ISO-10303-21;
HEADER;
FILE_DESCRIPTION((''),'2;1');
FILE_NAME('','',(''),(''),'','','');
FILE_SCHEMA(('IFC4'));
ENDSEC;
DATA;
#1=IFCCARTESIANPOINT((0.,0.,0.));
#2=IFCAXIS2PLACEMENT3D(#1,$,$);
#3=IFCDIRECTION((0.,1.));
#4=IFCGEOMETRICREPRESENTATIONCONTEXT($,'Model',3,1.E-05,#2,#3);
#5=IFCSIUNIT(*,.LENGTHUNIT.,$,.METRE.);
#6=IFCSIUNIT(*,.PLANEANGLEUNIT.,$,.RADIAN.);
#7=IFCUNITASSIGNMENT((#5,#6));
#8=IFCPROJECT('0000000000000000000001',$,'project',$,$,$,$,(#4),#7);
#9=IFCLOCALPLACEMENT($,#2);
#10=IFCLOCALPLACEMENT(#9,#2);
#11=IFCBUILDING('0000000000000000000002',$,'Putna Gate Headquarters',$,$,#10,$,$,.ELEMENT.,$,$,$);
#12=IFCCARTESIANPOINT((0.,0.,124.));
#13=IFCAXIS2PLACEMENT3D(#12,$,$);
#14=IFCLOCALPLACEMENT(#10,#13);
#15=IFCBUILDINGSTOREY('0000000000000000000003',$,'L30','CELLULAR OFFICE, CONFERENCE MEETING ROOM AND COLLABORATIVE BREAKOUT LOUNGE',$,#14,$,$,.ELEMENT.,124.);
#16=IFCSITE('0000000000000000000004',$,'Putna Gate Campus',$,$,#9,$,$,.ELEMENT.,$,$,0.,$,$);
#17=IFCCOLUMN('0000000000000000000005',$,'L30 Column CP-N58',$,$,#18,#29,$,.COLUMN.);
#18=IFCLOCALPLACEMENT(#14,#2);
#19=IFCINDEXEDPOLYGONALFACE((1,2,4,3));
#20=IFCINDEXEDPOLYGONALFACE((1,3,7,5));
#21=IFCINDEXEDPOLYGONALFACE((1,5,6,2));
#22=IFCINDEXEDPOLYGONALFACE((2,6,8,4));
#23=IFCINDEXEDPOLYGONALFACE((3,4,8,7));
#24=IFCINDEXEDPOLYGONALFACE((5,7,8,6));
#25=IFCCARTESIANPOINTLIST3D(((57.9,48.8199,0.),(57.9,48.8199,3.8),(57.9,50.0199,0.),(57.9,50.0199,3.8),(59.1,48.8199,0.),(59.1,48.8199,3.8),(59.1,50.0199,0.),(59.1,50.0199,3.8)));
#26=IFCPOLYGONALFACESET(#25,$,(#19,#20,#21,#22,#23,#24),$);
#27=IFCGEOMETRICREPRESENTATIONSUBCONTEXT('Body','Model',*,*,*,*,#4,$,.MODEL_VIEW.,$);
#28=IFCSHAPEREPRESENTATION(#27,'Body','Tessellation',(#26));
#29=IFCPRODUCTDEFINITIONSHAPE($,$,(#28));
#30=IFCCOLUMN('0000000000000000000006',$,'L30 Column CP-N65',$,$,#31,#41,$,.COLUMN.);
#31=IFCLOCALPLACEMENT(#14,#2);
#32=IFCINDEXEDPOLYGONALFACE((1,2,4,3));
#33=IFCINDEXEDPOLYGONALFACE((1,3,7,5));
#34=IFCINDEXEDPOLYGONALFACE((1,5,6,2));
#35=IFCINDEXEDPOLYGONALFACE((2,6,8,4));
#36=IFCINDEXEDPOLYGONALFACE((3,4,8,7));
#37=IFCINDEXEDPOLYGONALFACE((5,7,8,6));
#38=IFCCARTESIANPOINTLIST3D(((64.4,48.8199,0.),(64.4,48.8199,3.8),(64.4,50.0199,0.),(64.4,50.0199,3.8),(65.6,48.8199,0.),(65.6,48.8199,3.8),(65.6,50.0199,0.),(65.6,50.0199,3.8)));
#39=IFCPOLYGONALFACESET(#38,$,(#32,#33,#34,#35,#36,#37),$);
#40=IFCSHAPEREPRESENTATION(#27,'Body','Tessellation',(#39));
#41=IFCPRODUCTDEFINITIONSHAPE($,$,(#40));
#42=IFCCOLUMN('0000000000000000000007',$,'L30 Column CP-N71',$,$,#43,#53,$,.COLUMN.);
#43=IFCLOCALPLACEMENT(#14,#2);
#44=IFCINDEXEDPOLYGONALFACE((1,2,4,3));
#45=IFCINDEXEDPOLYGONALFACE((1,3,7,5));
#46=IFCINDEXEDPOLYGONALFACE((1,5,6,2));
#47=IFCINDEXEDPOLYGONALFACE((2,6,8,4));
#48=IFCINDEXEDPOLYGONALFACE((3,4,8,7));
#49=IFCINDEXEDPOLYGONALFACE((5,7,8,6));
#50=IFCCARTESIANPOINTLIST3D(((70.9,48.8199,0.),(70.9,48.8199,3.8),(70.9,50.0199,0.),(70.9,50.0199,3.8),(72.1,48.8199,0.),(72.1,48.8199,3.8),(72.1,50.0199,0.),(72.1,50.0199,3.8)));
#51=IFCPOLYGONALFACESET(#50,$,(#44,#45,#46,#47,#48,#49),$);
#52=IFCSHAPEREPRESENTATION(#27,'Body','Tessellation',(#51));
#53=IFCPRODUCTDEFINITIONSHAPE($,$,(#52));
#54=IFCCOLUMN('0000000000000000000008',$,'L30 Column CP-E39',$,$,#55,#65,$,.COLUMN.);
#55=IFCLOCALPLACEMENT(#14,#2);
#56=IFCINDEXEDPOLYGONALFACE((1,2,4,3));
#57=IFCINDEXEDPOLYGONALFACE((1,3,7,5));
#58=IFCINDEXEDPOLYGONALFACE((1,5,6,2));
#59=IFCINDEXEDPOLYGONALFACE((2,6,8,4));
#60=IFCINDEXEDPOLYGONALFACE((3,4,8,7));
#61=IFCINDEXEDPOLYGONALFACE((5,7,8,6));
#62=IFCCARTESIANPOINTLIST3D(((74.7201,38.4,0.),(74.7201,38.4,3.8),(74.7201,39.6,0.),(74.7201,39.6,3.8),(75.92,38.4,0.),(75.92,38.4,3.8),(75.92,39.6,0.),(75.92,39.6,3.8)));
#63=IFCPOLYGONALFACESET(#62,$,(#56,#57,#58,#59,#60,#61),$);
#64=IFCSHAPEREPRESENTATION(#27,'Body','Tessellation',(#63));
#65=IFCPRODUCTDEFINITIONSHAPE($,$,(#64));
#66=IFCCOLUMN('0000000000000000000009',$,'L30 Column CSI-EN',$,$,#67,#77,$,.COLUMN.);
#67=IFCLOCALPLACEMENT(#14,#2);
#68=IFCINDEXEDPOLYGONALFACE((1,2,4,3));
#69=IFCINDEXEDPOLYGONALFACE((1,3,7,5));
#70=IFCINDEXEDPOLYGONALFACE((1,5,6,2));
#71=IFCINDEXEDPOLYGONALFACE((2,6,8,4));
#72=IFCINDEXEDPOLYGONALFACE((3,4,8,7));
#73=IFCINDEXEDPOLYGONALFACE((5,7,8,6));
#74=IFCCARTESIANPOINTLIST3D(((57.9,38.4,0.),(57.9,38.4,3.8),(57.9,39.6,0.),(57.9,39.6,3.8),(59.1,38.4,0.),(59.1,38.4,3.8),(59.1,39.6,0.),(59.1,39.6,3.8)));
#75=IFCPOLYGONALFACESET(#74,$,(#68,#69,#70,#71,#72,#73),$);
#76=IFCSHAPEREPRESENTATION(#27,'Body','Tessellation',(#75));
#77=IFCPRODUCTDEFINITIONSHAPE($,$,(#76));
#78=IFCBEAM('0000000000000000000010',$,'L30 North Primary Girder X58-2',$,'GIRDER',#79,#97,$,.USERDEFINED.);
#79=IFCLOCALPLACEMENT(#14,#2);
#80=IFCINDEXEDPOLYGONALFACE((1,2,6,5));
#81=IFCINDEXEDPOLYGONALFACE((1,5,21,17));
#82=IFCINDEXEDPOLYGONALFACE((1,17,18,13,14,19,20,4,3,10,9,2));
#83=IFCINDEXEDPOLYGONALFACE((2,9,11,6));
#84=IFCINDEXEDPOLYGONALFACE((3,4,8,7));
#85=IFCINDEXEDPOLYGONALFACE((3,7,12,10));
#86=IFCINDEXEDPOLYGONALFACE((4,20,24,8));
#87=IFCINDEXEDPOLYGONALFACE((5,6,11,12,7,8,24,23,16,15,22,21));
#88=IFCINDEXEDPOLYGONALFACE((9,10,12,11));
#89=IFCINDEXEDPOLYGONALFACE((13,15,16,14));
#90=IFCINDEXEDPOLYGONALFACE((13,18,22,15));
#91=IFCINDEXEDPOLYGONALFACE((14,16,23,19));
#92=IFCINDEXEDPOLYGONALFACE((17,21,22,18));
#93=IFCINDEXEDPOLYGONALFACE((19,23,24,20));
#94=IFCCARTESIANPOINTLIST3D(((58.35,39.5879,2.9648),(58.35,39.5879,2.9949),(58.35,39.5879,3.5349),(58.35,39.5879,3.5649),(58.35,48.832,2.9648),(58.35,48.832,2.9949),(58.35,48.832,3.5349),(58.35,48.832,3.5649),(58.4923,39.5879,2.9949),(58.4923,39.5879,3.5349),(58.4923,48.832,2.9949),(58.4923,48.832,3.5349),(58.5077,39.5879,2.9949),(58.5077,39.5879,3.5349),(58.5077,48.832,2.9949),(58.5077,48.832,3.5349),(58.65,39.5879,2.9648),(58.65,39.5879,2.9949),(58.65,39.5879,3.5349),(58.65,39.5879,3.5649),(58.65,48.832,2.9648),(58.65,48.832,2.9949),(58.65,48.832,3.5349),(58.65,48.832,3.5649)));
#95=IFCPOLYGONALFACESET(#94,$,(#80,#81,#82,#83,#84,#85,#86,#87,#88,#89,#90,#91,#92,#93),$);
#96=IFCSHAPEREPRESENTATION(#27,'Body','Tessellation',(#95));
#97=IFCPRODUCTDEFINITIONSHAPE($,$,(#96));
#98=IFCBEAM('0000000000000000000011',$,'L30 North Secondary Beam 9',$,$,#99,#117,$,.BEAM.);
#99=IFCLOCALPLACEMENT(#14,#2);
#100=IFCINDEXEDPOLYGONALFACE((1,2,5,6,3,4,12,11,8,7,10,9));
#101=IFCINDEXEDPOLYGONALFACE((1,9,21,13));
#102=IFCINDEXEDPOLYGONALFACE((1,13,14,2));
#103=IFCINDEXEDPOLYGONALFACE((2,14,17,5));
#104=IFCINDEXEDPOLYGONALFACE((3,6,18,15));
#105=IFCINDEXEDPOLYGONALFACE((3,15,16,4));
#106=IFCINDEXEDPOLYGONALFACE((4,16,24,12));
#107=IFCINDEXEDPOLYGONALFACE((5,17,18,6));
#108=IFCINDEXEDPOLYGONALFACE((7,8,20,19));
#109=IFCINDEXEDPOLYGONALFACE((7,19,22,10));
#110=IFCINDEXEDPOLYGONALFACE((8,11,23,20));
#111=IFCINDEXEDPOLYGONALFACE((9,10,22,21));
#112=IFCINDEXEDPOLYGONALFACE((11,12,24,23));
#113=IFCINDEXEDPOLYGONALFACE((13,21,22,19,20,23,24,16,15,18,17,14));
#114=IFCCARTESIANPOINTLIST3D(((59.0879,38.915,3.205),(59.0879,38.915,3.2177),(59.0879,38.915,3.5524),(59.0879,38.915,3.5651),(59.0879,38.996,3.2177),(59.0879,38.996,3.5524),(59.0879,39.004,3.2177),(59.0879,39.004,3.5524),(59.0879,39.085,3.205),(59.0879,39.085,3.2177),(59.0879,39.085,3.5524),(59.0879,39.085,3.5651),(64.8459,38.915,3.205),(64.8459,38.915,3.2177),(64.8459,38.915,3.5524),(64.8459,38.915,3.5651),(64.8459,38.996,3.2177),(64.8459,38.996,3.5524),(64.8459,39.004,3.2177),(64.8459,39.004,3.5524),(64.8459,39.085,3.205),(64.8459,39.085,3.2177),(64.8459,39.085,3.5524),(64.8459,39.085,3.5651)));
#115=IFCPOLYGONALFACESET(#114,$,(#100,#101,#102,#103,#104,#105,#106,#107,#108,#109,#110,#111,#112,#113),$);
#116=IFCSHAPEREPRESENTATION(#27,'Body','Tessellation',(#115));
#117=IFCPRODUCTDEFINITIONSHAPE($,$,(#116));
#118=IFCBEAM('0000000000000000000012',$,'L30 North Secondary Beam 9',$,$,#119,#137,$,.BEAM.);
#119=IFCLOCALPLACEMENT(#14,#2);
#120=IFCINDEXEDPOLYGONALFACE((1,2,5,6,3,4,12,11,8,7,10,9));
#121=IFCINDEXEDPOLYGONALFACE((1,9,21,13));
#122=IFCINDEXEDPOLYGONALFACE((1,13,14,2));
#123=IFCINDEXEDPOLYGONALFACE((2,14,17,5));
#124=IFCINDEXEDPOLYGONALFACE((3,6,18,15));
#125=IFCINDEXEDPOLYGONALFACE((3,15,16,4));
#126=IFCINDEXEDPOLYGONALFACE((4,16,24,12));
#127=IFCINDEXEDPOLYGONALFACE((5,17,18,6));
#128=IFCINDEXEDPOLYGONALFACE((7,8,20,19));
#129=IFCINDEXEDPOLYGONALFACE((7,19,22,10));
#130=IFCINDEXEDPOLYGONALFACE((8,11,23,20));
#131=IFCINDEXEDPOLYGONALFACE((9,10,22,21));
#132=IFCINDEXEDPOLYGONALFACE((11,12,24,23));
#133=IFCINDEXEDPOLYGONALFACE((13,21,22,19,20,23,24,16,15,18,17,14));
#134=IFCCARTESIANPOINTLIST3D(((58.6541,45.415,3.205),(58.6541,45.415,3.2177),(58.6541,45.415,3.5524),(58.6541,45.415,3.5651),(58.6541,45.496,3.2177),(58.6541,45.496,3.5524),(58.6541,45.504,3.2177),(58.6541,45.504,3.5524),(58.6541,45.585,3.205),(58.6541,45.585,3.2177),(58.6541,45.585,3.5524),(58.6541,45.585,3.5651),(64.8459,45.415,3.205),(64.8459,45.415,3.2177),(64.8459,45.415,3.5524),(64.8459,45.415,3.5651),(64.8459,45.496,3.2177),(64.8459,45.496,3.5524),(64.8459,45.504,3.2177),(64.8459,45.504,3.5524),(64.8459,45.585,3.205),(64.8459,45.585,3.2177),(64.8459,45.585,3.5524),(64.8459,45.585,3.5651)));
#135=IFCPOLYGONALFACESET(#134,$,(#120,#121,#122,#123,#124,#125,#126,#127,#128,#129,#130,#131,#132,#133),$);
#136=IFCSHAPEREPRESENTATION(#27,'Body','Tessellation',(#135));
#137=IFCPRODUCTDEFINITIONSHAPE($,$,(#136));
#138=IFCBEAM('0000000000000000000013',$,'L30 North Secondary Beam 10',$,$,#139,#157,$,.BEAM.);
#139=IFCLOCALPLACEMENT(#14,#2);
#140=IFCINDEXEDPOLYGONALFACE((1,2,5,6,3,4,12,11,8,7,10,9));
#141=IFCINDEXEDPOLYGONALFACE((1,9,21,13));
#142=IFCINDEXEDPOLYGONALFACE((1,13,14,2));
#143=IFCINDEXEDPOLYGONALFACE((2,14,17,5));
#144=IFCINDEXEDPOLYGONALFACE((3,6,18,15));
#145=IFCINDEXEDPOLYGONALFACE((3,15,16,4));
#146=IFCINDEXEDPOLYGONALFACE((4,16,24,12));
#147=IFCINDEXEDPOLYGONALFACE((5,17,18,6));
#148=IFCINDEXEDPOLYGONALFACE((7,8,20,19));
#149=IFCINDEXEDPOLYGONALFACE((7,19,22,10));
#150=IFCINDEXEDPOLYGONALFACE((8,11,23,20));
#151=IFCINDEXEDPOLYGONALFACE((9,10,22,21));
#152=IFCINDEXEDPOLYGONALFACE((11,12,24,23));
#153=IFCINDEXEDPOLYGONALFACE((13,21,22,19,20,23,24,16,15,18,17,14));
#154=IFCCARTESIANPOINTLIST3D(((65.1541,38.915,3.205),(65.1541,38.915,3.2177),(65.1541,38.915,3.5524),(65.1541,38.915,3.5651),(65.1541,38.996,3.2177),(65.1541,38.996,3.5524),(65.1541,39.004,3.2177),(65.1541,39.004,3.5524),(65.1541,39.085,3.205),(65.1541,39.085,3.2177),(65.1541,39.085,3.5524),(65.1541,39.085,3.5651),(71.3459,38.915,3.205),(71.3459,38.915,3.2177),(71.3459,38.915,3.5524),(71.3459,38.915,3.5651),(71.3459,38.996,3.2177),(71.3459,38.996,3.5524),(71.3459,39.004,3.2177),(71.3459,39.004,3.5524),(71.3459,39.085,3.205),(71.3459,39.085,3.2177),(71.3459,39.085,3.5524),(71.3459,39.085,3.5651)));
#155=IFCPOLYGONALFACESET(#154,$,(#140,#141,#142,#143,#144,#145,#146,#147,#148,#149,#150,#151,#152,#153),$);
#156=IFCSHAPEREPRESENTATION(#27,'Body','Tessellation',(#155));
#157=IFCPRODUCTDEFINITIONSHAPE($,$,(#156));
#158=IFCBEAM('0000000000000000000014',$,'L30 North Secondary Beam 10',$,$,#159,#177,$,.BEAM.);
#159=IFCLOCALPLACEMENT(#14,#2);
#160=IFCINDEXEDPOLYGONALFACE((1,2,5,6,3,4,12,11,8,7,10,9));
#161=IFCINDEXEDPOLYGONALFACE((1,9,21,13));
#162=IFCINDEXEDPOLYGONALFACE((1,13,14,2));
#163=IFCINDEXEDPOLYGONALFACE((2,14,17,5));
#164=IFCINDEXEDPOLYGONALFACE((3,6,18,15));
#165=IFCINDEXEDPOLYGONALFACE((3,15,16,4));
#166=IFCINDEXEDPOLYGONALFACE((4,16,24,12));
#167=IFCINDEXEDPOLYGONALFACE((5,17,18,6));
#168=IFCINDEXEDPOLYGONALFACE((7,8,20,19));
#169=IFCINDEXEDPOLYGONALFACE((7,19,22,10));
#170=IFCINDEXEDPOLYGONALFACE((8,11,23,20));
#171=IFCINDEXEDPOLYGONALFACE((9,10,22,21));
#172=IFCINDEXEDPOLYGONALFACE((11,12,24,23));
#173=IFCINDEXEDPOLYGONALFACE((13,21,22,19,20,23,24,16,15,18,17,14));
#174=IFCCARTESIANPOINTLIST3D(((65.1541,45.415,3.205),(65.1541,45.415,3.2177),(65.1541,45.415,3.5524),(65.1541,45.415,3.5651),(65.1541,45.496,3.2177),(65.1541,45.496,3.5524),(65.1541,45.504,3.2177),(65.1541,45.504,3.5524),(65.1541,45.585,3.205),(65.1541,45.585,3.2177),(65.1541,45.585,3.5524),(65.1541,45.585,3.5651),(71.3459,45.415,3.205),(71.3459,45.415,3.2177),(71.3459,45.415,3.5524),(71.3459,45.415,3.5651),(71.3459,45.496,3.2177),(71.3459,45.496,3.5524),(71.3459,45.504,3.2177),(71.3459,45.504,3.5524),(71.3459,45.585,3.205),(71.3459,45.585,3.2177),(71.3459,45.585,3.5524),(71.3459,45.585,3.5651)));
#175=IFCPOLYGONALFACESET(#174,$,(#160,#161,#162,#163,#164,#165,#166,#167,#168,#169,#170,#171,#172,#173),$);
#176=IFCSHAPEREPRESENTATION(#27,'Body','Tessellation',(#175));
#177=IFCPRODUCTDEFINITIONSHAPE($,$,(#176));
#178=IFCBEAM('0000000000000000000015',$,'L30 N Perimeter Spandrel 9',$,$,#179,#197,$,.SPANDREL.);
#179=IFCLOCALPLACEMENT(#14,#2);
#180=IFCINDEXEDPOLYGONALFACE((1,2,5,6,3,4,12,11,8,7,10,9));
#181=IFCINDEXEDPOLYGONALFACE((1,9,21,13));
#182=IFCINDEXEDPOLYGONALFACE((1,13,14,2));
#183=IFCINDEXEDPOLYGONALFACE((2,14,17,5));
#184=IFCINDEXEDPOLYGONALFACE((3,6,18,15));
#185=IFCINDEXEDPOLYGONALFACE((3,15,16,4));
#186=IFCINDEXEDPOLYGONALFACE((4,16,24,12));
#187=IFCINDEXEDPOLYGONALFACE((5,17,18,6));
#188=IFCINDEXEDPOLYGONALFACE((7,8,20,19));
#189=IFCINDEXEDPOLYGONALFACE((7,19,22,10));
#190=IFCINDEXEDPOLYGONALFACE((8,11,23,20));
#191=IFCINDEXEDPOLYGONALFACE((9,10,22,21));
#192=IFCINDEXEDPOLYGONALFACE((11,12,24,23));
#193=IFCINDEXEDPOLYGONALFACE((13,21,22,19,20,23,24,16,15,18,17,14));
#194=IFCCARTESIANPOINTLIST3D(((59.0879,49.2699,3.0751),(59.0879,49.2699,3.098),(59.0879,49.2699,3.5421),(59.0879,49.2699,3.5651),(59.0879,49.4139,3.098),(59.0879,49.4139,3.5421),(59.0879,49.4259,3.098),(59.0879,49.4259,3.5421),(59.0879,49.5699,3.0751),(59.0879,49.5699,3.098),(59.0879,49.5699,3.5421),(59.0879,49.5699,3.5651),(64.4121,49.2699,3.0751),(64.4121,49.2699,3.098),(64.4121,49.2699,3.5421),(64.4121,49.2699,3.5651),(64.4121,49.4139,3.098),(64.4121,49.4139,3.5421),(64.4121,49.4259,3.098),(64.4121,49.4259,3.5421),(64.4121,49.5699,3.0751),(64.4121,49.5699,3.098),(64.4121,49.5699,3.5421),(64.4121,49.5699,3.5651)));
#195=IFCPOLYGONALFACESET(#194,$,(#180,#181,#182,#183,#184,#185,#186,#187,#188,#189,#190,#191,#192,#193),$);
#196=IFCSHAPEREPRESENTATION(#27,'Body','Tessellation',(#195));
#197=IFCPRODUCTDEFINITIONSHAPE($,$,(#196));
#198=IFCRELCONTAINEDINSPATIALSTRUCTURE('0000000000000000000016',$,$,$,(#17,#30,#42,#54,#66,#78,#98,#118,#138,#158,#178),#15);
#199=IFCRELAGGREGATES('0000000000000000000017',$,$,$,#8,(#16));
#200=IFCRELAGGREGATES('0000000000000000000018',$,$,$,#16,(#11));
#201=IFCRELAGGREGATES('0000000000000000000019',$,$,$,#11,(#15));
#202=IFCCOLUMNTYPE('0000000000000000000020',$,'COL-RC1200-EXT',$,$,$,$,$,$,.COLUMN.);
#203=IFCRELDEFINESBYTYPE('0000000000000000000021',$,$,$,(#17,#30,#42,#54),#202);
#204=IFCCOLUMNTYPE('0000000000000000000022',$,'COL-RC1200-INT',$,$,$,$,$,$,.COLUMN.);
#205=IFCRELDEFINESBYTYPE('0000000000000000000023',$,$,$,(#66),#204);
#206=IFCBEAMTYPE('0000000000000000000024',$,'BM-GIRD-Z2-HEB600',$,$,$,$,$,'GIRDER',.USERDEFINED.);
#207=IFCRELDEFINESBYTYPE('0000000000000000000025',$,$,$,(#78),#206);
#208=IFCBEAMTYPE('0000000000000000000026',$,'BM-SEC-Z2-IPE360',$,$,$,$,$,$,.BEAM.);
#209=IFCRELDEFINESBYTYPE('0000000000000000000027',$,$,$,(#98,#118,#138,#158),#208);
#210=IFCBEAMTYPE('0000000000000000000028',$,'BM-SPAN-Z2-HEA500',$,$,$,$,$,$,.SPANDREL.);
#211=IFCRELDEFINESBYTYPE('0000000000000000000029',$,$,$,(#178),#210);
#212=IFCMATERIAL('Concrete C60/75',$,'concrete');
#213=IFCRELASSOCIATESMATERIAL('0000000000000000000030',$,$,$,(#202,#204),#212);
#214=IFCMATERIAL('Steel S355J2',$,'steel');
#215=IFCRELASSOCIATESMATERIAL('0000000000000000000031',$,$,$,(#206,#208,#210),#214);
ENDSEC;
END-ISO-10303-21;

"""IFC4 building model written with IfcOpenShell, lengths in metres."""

from ifc_helpers import new_model, si_unit, direction, frame, origin, origin_2d, place, context, subcontext, project, spatial, rectangle, i_section, extrude, material, material_profile, profile_set, type_object, element, save


model = new_model("IFC4")

# Units and contexts
model_context = context("Model", 3, precision=1e-05, world=origin(), true_north=direction((0.0, 1.0)))
body_context = subcontext(model_context, "Body", "Model", "MODEL_VIEW")
ifc_project = project(units=[si_unit("LENGTHUNIT", "METRE"), si_unit("PLANEANGLEUNIT", "RADIAN")], contexts=[model_context])

# Site, building, storey
site_placement = place(None, origin())
site = spatial("IfcSite", under=ifc_project, at=site_placement, Name="Putna Gate Campus", CompositionType="ELEMENT", RefElevation=0.0)
building_placement = place(site_placement, origin())
building = spatial("IfcBuilding", under=site, at=building_placement, Name="Putna Gate Headquarters", CompositionType="ELEMENT")
storey_placement = place(building_placement, frame((0.0, 0.0, 124.0)))
storey = spatial("IfcBuildingStorey", under=building, at=storey_placement, Name="L30", Description="CELLULAR OFFICE, CONFERENCE MEETING ROOM AND COLLABORATIVE BREAKOUT LOUNGE", CompositionType="ELEMENT", Elevation=124.0)

# Columns
ifc_material_1 = material(Name="Concrete C60/75", Category="concrete")
ifc_material_profile_1 = material_profile(ifc_material_1, rectangle(XDim=1.2, YDim=1.2, at=origin_2d()), Name="Concrete C60/75")
ifc_profile_set_1 = profile_set([ifc_material_profile_1], Name="Concrete C60/75")
column_type_1 = type_object("IfcColumnType", Name="COL-RC1200-EXT", PredefinedType="COLUMN", material=ifc_profile_set_1)
for number, where, z_axis, x_axis, name in (
    (1, (58.5, 49.4199, 0.0), (0.0, 0.0, 1.0), (1.0, 0.0, 0.0), "L30 Column CP-N58"),
    (2, (65.0, 49.4199, 0.0), (0.0, 0.0, 1.0), (1.0, 0.0, 0.0), "L30 Column CP-N65"),
    (3, (71.5, 49.4199, 0.0), (0.0, 0.0, 1.0), (1.0, 0.0, 0.0), "L30 Column CP-N71"),
    (4, (75.3201, 39.0, 0.0), (0.0, 0.0, 1.0), (1.0, 0.0, 0.0), "L30 Column CP-E39"),
):
    element("IfcColumn", number, at=place(storey_placement, frame(where, z_axis=z_axis, x_axis=x_axis)), inside=storey, type_object=column_type_1, Name=name, PredefinedType="COLUMN", context=body_context, shape_type="SweptSolid", body=[
        extrude(rectangle(XDim=1.2, YDim=1.2, at=origin_2d()), origin(), (0.0, 0.0, 1.0), 3.8),
    ])
ifc_material_profile_2 = material_profile(ifc_material_1, rectangle(XDim=1.2, YDim=1.2, at=origin_2d()), Name="Concrete C60/75")
ifc_profile_set_2 = profile_set([ifc_material_profile_2], Name="Concrete C60/75")
column_type_2 = type_object("IfcColumnType", Name="COL-RC1200-INT", PredefinedType="COLUMN", material=ifc_profile_set_2)
column_placement = place(storey_placement, frame((58.5, 39.0, 0.0), z_axis=(0.0, 0.0, 1.0), x_axis=(1.0, 0.0, 0.0)))
element("IfcColumn", 5, at=column_placement, inside=storey, type_object=column_type_2, Name="L30 Column CSI-EN", PredefinedType="COLUMN", context=body_context, shape_type="SweptSolid", body=[
    extrude(rectangle(XDim=1.2, YDim=1.2, at=origin_2d()), origin(), (0.0, 0.0, 1.0), 3.8),
])

# Beams
ifc_material_2 = material(Name="Steel S355J2", Category="steel")
ifc_material_profile_3 = material_profile(ifc_material_2, i_section(OverallWidth=0.3, OverallDepth=0.6001, WebThickness=0.0154, FlangeThickness=0.03, at=origin_2d()), Name="Steel S355J2")
ifc_profile_set_3 = profile_set([ifc_material_profile_3], Name="Steel S355J2")
beam_type_1 = type_object("IfcBeamType", Name="BM-GIRD-Z2-HEB600", ElementType="GIRDER", PredefinedType="USERDEFINED", material=ifc_profile_set_3)
beam_1_placement = place(storey_placement, frame((58.5, 39.5879, 3.2649), z_axis=(0.0, 1.0, 0.0), x_axis=(-1.0, 0.0, 0.0)))
element("IfcBeam", 6, at=beam_1_placement, inside=storey, type_object=beam_type_1, Name="L30 North Primary Girder X58-2", ObjectType="GIRDER", PredefinedType="USERDEFINED", context=body_context, shape_type="SweptSolid", body=[
    extrude(i_section(OverallWidth=0.3, OverallDepth=0.6001, WebThickness=0.0154, FlangeThickness=0.03, at=origin_2d()), origin(), (0.0, 0.0, 1.0), 9.2441),
])
ifc_material_profile_4 = material_profile(ifc_material_2, i_section(OverallWidth=0.1699, OverallDepth=0.3601, WebThickness=0.0081, FlangeThickness=0.0127, at=origin_2d()), Name="Steel S355J2")
ifc_profile_set_4 = profile_set([ifc_material_profile_4], Name="Steel S355J2")
beam_type_2 = type_object("IfcBeamType", Name="BM-SEC-Z2-IPE360", PredefinedType="BEAM", material=ifc_profile_set_4)
beam_2_placement = place(storey_placement, frame((59.0879, 39.0, 3.385), z_axis=(1.0, 0.0, 0.0), x_axis=(0.0, 1.0, 0.0)))
element("IfcBeam", 7, at=beam_2_placement, inside=storey, type_object=beam_type_2, Name="L30 North Secondary Beam 9", PredefinedType="BEAM", context=body_context, shape_type="SweptSolid", body=[
    extrude(i_section(OverallWidth=0.1699, OverallDepth=0.3601, WebThickness=0.0081, FlangeThickness=0.0127, at=origin_2d()), origin(), (0.0, 0.0, 1.0), 5.7581),
])
for number, where, z_axis, x_axis, name in (
    (8, (58.6541, 45.5, 3.385), (1.0, 0.0, 0.0), (0.0, 1.0, 0.0), "L30 North Secondary Beam 9"),
    (9, (65.1541, 39.0, 3.385), (1.0, 0.0, 0.0), (0.0, 1.0, 0.0), "L30 North Secondary Beam 10"),
    (10, (65.1541, 45.5, 3.385), (1.0, 0.0, 0.0), (0.0, 1.0, 0.0), "L30 North Secondary Beam 10"),
):
    element("IfcBeam", number, at=place(storey_placement, frame(where, z_axis=z_axis, x_axis=x_axis)), inside=storey, type_object=beam_type_2, Name=name, PredefinedType="BEAM", context=body_context, shape_type="SweptSolid", body=[
        extrude(i_section(OverallWidth=0.1699, OverallDepth=0.3601, WebThickness=0.0081, FlangeThickness=0.0127, at=origin_2d()), origin(), (0.0, 0.0, 1.0), 6.1919),
    ])
ifc_material_profile_5 = material_profile(ifc_material_2, i_section(OverallWidth=0.3, OverallDepth=0.49, WebThickness=0.012, FlangeThickness=0.0229, at=origin_2d()), Name="Steel S355J2")
ifc_profile_set_5 = profile_set([ifc_material_profile_5], Name="Steel S355J2")
beam_type_3 = type_object("IfcBeamType", Name="BM-SPAN-Z2-HEA500", PredefinedType="SPANDREL", material=ifc_profile_set_5)
for number, where, z_axis, x_axis, name in (
    (11, (59.0879, 49.4199, 3.3201), (1.0, 0.0, 0.0), (0.0, 1.0, 0.0), "L30 N Perimeter Spandrel 9"),
):
    element("IfcBeam", number, at=place(storey_placement, frame(where, z_axis=z_axis, x_axis=x_axis)), inside=storey, type_object=beam_type_3, Name=name, PredefinedType="SPANDREL", context=body_context, shape_type="SweptSolid", body=[
        extrude(i_section(OverallWidth=0.3, OverallDepth=0.49, WebThickness=0.012, FlangeThickness=0.0229, at=origin_2d()), origin(), (0.0, 0.0, 1.0), 5.3242),
    ])

save(model, "model.ifc")
